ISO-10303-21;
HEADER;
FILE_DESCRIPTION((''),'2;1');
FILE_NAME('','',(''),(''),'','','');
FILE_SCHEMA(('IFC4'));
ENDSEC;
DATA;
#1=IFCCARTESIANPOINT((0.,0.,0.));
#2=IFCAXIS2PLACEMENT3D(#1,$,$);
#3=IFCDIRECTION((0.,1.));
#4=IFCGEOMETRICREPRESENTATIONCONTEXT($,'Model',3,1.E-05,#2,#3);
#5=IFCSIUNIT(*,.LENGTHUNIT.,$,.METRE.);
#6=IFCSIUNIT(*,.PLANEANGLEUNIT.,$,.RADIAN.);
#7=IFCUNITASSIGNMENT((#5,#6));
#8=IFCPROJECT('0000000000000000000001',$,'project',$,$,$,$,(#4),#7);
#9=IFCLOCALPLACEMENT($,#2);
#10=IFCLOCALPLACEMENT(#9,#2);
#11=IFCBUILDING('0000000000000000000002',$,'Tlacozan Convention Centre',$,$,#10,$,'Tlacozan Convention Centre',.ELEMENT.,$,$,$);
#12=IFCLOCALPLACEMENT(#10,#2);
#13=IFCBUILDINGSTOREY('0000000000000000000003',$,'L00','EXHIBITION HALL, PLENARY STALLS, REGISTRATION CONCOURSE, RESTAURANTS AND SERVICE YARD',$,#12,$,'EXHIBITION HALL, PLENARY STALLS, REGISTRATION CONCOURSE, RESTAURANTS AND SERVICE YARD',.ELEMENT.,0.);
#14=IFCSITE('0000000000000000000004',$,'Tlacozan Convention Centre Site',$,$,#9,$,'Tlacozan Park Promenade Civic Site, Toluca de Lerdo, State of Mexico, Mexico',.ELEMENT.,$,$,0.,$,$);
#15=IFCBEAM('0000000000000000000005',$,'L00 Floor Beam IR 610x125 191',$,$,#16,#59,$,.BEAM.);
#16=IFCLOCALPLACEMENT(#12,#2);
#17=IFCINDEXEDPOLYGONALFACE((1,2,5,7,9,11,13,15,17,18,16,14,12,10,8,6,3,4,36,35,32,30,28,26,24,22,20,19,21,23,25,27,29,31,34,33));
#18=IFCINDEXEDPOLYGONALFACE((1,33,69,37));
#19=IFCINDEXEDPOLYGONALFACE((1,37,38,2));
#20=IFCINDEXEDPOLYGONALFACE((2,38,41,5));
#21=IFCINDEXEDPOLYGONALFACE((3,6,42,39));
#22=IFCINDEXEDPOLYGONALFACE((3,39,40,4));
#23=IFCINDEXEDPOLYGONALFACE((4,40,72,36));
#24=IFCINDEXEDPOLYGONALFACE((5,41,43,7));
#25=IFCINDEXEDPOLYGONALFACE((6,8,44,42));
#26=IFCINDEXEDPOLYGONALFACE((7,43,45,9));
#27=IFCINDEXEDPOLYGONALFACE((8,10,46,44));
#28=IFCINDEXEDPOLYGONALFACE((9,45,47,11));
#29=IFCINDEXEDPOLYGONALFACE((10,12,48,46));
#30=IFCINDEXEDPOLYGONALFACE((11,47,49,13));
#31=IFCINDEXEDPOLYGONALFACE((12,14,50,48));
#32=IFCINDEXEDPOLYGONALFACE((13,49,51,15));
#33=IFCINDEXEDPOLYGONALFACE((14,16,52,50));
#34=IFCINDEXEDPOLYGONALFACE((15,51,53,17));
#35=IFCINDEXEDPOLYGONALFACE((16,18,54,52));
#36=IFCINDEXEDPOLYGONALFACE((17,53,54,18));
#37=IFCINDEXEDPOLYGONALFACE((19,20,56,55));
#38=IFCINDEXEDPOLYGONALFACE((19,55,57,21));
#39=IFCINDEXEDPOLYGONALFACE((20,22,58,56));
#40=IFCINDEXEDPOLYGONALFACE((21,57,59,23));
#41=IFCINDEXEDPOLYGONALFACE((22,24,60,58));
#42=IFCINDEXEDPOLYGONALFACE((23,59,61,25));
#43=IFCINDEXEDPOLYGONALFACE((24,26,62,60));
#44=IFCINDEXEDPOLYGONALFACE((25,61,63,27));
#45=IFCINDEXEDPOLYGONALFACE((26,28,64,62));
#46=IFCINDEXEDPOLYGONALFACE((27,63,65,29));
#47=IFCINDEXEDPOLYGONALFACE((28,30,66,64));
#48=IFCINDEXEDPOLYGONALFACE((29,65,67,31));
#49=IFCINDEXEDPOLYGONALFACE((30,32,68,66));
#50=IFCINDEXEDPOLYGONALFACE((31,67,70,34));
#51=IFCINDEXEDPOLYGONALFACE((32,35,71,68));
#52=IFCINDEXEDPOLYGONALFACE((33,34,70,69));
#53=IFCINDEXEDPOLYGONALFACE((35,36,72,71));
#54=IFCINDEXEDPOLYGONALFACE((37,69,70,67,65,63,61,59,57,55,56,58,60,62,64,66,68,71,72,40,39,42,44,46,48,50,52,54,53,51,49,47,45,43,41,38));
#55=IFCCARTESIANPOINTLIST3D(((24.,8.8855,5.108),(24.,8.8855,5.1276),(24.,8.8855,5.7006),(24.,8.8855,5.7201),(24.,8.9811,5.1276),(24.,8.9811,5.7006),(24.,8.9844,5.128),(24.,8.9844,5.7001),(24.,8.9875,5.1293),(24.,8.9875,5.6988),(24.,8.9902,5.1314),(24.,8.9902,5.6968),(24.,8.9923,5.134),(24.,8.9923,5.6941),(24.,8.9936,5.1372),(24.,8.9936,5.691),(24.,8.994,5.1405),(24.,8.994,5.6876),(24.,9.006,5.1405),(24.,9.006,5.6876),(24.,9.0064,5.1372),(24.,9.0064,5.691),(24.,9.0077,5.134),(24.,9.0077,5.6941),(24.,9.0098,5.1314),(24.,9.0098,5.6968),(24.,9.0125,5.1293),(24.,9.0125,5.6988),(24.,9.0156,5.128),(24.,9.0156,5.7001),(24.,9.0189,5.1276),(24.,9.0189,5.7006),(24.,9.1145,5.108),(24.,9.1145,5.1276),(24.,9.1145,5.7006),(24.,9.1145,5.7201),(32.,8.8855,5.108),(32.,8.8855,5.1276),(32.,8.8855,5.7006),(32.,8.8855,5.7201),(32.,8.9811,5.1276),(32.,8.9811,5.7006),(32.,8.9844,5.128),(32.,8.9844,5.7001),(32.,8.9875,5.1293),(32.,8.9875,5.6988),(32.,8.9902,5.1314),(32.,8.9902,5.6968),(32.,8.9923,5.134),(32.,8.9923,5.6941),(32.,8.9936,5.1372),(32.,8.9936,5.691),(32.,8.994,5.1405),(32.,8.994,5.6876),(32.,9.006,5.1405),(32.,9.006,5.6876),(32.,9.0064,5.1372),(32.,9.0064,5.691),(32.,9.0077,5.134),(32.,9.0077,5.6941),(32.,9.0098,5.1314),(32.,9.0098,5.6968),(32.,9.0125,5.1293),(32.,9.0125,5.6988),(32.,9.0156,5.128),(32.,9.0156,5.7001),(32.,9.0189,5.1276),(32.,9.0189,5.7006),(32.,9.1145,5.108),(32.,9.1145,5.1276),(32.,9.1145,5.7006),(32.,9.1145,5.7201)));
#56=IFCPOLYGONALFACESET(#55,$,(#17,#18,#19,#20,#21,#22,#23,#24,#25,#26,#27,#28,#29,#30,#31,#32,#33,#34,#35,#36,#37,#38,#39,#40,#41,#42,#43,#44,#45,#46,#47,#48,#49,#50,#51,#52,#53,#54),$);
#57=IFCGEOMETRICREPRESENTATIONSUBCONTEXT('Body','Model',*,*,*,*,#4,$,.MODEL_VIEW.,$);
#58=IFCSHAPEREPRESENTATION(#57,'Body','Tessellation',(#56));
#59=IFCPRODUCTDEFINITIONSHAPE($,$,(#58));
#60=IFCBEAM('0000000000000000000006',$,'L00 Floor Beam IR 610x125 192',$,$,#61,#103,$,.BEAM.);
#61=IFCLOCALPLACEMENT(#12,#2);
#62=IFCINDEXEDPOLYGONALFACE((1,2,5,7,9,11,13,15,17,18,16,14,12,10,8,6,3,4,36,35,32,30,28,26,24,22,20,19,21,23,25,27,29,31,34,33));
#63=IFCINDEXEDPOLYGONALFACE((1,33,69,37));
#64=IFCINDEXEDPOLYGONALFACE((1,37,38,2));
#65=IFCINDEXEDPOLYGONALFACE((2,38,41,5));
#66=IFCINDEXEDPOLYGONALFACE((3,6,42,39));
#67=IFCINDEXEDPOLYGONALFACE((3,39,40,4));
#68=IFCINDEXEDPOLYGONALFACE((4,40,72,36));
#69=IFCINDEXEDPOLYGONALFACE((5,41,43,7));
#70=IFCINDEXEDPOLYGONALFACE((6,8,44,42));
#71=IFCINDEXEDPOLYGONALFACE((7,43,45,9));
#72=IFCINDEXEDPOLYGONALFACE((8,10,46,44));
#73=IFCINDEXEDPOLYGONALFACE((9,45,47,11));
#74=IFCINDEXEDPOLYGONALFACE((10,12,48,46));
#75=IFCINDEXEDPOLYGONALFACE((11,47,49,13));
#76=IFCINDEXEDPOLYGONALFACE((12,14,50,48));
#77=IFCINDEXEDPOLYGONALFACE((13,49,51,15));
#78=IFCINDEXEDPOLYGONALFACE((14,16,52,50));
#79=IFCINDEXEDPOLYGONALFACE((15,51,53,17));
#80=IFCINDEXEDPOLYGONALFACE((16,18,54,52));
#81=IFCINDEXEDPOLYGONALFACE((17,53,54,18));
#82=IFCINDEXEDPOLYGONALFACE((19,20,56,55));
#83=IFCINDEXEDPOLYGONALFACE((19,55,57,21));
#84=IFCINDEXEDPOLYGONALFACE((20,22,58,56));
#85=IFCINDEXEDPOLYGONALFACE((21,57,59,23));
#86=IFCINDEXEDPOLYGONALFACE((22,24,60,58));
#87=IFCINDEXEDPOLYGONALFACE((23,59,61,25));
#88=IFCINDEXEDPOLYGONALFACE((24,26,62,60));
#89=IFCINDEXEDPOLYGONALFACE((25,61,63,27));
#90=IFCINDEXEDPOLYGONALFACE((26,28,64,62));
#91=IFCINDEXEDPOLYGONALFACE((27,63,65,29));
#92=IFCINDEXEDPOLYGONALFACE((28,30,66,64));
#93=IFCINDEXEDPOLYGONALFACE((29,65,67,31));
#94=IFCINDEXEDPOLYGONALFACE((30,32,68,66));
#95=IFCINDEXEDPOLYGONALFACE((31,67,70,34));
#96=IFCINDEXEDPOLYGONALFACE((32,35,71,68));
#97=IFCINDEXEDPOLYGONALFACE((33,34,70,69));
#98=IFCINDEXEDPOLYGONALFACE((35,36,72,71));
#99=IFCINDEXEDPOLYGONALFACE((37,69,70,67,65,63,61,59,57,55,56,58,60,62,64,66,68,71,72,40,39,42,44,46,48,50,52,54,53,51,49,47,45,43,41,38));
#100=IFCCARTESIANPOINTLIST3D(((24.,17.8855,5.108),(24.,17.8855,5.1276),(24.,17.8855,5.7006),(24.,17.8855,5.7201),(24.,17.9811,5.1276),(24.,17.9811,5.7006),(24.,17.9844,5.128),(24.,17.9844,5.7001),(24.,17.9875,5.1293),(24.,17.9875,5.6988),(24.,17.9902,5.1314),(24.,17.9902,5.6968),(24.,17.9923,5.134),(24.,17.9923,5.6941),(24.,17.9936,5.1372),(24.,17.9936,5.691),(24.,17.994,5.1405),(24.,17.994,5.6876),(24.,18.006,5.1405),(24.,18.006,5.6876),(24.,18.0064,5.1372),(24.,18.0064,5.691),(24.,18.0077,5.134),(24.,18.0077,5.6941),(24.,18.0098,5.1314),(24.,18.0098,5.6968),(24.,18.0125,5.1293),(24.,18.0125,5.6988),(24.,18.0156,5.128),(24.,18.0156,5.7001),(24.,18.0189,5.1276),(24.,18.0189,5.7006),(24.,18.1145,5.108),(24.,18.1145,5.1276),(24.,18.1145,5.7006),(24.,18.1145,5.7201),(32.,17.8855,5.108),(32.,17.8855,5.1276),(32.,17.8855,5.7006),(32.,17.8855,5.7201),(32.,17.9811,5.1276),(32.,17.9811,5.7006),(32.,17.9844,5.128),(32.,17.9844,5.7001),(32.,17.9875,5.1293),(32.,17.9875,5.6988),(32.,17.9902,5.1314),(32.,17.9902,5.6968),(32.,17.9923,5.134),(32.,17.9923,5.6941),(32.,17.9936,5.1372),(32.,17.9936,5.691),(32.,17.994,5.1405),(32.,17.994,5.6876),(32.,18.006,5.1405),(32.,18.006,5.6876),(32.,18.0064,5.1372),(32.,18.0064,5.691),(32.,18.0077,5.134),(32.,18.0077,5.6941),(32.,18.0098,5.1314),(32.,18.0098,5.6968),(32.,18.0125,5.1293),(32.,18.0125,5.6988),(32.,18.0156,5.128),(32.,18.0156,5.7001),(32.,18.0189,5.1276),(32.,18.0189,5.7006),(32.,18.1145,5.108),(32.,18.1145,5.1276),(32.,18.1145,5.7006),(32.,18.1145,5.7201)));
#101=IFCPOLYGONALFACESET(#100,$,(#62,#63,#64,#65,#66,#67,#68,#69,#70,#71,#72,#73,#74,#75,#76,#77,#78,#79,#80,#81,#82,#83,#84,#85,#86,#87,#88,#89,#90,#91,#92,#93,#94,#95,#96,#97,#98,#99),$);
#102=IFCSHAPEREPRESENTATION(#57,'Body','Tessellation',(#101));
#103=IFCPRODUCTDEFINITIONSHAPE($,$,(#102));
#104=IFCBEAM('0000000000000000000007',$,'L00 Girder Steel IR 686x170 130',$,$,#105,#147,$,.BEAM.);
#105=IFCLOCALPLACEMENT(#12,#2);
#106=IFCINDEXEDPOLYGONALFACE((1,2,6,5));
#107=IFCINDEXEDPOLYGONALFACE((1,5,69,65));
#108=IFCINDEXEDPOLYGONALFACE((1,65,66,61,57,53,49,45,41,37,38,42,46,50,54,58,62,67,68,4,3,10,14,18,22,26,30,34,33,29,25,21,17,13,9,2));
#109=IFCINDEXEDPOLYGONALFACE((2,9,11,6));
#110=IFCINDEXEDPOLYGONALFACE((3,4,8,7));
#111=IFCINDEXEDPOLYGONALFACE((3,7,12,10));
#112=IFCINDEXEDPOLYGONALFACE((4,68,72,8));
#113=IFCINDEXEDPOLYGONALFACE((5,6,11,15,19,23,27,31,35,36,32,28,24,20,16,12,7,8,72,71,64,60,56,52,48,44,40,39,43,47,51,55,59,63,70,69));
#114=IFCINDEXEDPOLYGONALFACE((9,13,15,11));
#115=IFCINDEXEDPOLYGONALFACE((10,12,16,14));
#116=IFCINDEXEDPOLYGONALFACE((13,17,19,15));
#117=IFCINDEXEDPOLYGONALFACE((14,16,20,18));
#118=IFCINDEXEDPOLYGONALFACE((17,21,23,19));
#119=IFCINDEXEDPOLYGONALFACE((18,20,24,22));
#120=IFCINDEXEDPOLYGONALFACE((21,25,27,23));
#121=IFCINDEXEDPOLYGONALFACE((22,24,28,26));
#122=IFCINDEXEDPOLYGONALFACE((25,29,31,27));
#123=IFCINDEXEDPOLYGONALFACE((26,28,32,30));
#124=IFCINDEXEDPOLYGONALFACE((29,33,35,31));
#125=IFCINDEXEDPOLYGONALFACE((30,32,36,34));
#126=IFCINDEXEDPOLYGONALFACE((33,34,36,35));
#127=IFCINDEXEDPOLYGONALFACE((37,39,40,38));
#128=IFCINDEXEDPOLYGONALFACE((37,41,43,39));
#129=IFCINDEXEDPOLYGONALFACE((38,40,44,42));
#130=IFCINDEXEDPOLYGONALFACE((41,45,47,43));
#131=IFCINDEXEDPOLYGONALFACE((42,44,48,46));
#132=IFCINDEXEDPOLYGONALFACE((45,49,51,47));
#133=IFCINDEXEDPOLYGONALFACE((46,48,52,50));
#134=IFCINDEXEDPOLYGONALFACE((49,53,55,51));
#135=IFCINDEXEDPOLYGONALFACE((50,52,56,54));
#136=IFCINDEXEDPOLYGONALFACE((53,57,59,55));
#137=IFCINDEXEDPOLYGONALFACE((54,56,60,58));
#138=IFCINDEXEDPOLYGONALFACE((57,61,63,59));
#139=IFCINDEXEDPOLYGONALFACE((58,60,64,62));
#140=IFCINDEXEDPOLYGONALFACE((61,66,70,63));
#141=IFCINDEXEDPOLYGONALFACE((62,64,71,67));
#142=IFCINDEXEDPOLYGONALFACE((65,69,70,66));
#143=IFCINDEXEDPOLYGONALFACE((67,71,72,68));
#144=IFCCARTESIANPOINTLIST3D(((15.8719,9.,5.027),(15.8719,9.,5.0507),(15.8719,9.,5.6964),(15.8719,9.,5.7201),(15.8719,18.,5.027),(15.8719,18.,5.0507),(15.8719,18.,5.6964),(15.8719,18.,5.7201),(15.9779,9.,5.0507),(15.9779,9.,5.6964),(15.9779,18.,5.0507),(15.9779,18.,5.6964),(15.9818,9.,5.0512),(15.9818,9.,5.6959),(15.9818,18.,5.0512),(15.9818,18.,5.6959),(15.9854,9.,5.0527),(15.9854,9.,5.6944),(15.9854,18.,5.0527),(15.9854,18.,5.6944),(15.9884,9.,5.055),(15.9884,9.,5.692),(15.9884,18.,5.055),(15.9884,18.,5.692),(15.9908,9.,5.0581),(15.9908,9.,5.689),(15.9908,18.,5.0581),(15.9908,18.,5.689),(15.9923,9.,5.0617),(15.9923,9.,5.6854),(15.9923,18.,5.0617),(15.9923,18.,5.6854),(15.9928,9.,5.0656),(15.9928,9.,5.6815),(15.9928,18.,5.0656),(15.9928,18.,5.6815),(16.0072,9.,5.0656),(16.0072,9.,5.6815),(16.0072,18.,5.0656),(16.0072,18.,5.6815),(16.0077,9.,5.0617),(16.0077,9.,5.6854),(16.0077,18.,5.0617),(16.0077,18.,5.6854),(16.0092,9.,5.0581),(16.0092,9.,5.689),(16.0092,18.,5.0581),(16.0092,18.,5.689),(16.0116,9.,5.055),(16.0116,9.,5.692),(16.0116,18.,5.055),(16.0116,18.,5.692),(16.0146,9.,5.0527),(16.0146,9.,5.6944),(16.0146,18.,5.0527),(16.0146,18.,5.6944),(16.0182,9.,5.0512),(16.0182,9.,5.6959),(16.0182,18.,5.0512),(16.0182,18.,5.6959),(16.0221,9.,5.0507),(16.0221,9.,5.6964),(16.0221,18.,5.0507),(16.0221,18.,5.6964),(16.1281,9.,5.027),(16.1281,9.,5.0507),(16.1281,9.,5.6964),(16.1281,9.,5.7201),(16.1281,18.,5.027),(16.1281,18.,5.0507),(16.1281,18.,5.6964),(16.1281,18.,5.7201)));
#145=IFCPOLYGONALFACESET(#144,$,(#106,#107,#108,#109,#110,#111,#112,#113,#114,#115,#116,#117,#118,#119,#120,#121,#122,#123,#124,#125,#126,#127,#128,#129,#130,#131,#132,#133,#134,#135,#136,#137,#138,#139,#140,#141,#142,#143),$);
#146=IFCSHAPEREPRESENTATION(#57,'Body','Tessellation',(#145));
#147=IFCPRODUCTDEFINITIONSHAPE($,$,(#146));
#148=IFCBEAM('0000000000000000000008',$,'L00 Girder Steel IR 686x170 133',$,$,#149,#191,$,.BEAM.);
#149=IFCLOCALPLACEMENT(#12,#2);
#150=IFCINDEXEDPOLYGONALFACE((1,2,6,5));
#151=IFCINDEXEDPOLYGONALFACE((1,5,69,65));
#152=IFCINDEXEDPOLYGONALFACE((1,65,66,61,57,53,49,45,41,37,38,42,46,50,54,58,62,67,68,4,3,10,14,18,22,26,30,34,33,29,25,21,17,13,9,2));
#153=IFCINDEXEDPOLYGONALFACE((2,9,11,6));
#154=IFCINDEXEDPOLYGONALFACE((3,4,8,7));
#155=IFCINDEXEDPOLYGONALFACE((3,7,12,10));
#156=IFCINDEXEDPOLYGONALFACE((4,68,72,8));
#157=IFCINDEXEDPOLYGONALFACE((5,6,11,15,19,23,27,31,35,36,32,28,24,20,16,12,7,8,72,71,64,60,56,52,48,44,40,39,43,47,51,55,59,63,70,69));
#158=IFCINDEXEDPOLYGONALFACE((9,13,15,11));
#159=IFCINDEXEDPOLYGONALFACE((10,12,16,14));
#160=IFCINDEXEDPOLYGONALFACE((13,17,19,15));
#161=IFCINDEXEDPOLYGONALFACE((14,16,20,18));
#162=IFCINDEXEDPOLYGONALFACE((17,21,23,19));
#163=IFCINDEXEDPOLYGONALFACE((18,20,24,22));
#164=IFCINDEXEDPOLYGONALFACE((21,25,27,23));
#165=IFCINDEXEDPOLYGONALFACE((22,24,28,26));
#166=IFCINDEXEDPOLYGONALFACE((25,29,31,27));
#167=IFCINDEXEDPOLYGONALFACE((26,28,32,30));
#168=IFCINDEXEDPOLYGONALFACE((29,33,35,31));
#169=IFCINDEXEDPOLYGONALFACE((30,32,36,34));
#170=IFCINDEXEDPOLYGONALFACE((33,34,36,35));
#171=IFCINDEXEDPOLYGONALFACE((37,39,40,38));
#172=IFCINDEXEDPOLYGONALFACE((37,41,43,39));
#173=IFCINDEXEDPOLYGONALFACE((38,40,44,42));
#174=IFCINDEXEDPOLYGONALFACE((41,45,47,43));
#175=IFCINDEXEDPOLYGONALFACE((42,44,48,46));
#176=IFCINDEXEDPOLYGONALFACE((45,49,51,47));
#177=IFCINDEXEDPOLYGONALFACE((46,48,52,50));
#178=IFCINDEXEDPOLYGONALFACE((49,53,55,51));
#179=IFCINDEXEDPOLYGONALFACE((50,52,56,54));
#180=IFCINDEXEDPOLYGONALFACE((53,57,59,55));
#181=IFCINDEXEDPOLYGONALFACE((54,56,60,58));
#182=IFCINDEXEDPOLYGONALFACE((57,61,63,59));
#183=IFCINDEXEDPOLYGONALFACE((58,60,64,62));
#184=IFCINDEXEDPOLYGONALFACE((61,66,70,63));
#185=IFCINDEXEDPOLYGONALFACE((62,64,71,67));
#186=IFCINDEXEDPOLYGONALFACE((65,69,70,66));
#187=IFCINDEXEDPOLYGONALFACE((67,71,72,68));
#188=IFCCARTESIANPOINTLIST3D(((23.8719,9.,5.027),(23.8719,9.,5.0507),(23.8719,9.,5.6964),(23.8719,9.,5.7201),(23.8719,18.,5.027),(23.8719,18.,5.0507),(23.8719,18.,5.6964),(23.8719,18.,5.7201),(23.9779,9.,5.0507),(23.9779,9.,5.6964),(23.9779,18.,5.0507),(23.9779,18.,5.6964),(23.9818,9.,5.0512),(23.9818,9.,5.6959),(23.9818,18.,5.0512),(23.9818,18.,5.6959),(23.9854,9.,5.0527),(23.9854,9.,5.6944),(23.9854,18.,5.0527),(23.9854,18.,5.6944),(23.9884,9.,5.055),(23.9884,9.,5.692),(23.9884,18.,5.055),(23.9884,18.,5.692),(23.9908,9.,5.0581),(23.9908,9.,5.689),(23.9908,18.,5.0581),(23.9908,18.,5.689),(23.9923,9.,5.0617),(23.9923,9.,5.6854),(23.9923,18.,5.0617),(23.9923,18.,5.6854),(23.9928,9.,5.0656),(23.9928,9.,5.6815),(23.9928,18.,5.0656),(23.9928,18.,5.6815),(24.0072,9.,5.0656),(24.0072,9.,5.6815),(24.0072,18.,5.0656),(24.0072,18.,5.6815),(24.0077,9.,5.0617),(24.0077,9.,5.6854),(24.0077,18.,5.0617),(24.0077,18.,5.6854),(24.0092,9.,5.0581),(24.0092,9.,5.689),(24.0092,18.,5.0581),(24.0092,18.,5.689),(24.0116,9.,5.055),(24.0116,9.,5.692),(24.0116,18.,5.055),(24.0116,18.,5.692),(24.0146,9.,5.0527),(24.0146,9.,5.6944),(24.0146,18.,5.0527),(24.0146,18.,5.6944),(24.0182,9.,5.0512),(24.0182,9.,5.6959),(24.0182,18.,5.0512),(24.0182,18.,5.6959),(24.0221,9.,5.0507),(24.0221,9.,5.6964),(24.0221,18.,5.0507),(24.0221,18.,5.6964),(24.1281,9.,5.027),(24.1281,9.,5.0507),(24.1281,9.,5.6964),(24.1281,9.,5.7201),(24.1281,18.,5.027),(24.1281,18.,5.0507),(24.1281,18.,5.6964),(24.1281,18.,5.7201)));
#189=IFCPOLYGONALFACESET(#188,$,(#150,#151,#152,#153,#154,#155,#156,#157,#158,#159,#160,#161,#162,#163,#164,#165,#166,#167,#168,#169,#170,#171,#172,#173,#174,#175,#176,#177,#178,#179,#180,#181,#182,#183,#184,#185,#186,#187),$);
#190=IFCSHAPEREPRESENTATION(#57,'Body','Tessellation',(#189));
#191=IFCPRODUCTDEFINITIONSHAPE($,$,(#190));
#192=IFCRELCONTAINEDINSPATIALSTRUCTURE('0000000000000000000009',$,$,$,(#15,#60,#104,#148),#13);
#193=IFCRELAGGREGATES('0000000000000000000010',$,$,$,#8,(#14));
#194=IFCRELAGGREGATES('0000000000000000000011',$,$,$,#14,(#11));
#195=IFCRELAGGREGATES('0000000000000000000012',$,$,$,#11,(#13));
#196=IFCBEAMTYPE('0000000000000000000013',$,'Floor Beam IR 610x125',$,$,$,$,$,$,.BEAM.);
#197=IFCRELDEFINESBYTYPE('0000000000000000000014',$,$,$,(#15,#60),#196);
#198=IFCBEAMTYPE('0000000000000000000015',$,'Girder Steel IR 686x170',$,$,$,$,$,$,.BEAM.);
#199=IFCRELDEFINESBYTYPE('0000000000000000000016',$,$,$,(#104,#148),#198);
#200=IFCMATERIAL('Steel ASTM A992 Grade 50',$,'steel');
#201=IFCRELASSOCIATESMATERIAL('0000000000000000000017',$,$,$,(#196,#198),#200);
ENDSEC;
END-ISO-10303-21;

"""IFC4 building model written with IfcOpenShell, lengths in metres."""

from ifc_helpers import new_model, si_unit, direction, frame, origin, origin_2d, place, context, subcontext, project, spatial, i_section, extrude, material, material_profile, profile_set, type_object, element, save


model = new_model("IFC4")

# Units and contexts
model_context = context("Model", 3, precision=1e-05, world=origin(), true_north=direction((0.0, 1.0)))
body_context = subcontext(model_context, "Body", "Model", "MODEL_VIEW")
ifc_project = project(units=[si_unit("LENGTHUNIT", "METRE"), si_unit("PLANEANGLEUNIT", "RADIAN")], contexts=[model_context])

# Site, building, storey
site_placement = place(None, origin())
site = spatial("IfcSite", under=ifc_project, at=site_placement, Name="Tlacozan Convention Centre Site", LongName="Tlacozan Park Promenade Civic Site, Toluca de Lerdo, State of Mexico, Mexico", CompositionType="ELEMENT", RefElevation=0.0)
building_placement = place(site_placement, origin())
building = spatial("IfcBuilding", under=site, at=building_placement, Name="Tlacozan Convention Centre", LongName="Tlacozan Convention Centre", CompositionType="ELEMENT")
storey_placement = place(building_placement, origin())
storey = spatial("IfcBuildingStorey", under=building, at=storey_placement, Name="L00", Description="EXHIBITION HALL, PLENARY STALLS, REGISTRATION CONCOURSE, RESTAURANTS AND SERVICE YARD", LongName="EXHIBITION HALL, PLENARY STALLS, REGISTRATION CONCOURSE, RESTAURANTS AND SERVICE YARD", CompositionType="ELEMENT", Elevation=0.0)

# Beams
ifc_material_1 = material(Name="Steel ASTM A992 Grade 50", Category="steel")
ifc_material_profile_1 = material_profile(ifc_material_1, i_section(OverallWidth=0.229, OverallDepth=0.6121, WebThickness=0.012, FlangeThickness=0.0195, FilletRadius=0.0129, at=origin_2d()), Name="IR 610x125.0")
ifc_profile_set_1 = profile_set([ifc_material_profile_1], Name="Steel ASTM A992 Grade 50")
beam_type_1 = type_object("IfcBeamType", Name="Floor Beam IR 610x125", PredefinedType="BEAM", material=ifc_profile_set_1)
for number, where, z_axis, x_axis, name in (
    (1, (24.0, 9.0, 5.4141), (1.0, 0.0, 0.0), (0.0, 1.0, 0.0), "L00 Floor Beam IR 610x125 191"),
    (2, (24.0, 18.0, 5.4141), (1.0, 0.0, 0.0), (0.0, 1.0, 0.0), "L00 Floor Beam IR 610x125 192"),
):
    element("IfcBeam", number, at=place(storey_placement, frame(where, z_axis=z_axis, x_axis=x_axis)), inside=storey, type_object=beam_type_1, Name=name, PredefinedType="BEAM", context=body_context, shape_type="SweptSolid", body=[
        extrude(i_section(OverallWidth=0.229, OverallDepth=0.6121, WebThickness=0.012, FlangeThickness=0.0195, FilletRadius=0.0129, at=origin_2d()), origin(), (0.0, 0.0, 1.0), 8.0),
    ])
ifc_material_profile_2 = material_profile(ifc_material_1, i_section(OverallWidth=0.2561, OverallDepth=0.6931, WebThickness=0.0144, FlangeThickness=0.0237, FilletRadius=0.0149, at=origin_2d()), Name="IR 686x170.0")
ifc_profile_set_2 = profile_set([ifc_material_profile_2], Name="Steel ASTM A992 Grade 50")
beam_type_2 = type_object("IfcBeamType", Name="Girder Steel IR 686x170", PredefinedType="BEAM", material=ifc_profile_set_2)
for number, where, z_axis, x_axis, name in (
    (3, (16.0, 9.0, 5.3735), (0.0, 1.0, 0.0), (-1.0, 0.0, 0.0), "L00 Girder Steel IR 686x170 130"),
    (4, (24.0, 9.0, 5.3735), (0.0, 1.0, 0.0), (-1.0, 0.0, 0.0), "L00 Girder Steel IR 686x170 133"),
):
    element("IfcBeam", number, at=place(storey_placement, frame(where, z_axis=z_axis, x_axis=x_axis)), inside=storey, type_object=beam_type_2, Name=name, PredefinedType="BEAM", context=body_context, shape_type="SweptSolid", body=[
        extrude(i_section(OverallWidth=0.2561, OverallDepth=0.6931, WebThickness=0.0144, FlangeThickness=0.0237, FilletRadius=0.0149, at=origin_2d()), origin(), (0.0, 0.0, 1.0), 9.0),
    ])

save(model, "model.ifc")
